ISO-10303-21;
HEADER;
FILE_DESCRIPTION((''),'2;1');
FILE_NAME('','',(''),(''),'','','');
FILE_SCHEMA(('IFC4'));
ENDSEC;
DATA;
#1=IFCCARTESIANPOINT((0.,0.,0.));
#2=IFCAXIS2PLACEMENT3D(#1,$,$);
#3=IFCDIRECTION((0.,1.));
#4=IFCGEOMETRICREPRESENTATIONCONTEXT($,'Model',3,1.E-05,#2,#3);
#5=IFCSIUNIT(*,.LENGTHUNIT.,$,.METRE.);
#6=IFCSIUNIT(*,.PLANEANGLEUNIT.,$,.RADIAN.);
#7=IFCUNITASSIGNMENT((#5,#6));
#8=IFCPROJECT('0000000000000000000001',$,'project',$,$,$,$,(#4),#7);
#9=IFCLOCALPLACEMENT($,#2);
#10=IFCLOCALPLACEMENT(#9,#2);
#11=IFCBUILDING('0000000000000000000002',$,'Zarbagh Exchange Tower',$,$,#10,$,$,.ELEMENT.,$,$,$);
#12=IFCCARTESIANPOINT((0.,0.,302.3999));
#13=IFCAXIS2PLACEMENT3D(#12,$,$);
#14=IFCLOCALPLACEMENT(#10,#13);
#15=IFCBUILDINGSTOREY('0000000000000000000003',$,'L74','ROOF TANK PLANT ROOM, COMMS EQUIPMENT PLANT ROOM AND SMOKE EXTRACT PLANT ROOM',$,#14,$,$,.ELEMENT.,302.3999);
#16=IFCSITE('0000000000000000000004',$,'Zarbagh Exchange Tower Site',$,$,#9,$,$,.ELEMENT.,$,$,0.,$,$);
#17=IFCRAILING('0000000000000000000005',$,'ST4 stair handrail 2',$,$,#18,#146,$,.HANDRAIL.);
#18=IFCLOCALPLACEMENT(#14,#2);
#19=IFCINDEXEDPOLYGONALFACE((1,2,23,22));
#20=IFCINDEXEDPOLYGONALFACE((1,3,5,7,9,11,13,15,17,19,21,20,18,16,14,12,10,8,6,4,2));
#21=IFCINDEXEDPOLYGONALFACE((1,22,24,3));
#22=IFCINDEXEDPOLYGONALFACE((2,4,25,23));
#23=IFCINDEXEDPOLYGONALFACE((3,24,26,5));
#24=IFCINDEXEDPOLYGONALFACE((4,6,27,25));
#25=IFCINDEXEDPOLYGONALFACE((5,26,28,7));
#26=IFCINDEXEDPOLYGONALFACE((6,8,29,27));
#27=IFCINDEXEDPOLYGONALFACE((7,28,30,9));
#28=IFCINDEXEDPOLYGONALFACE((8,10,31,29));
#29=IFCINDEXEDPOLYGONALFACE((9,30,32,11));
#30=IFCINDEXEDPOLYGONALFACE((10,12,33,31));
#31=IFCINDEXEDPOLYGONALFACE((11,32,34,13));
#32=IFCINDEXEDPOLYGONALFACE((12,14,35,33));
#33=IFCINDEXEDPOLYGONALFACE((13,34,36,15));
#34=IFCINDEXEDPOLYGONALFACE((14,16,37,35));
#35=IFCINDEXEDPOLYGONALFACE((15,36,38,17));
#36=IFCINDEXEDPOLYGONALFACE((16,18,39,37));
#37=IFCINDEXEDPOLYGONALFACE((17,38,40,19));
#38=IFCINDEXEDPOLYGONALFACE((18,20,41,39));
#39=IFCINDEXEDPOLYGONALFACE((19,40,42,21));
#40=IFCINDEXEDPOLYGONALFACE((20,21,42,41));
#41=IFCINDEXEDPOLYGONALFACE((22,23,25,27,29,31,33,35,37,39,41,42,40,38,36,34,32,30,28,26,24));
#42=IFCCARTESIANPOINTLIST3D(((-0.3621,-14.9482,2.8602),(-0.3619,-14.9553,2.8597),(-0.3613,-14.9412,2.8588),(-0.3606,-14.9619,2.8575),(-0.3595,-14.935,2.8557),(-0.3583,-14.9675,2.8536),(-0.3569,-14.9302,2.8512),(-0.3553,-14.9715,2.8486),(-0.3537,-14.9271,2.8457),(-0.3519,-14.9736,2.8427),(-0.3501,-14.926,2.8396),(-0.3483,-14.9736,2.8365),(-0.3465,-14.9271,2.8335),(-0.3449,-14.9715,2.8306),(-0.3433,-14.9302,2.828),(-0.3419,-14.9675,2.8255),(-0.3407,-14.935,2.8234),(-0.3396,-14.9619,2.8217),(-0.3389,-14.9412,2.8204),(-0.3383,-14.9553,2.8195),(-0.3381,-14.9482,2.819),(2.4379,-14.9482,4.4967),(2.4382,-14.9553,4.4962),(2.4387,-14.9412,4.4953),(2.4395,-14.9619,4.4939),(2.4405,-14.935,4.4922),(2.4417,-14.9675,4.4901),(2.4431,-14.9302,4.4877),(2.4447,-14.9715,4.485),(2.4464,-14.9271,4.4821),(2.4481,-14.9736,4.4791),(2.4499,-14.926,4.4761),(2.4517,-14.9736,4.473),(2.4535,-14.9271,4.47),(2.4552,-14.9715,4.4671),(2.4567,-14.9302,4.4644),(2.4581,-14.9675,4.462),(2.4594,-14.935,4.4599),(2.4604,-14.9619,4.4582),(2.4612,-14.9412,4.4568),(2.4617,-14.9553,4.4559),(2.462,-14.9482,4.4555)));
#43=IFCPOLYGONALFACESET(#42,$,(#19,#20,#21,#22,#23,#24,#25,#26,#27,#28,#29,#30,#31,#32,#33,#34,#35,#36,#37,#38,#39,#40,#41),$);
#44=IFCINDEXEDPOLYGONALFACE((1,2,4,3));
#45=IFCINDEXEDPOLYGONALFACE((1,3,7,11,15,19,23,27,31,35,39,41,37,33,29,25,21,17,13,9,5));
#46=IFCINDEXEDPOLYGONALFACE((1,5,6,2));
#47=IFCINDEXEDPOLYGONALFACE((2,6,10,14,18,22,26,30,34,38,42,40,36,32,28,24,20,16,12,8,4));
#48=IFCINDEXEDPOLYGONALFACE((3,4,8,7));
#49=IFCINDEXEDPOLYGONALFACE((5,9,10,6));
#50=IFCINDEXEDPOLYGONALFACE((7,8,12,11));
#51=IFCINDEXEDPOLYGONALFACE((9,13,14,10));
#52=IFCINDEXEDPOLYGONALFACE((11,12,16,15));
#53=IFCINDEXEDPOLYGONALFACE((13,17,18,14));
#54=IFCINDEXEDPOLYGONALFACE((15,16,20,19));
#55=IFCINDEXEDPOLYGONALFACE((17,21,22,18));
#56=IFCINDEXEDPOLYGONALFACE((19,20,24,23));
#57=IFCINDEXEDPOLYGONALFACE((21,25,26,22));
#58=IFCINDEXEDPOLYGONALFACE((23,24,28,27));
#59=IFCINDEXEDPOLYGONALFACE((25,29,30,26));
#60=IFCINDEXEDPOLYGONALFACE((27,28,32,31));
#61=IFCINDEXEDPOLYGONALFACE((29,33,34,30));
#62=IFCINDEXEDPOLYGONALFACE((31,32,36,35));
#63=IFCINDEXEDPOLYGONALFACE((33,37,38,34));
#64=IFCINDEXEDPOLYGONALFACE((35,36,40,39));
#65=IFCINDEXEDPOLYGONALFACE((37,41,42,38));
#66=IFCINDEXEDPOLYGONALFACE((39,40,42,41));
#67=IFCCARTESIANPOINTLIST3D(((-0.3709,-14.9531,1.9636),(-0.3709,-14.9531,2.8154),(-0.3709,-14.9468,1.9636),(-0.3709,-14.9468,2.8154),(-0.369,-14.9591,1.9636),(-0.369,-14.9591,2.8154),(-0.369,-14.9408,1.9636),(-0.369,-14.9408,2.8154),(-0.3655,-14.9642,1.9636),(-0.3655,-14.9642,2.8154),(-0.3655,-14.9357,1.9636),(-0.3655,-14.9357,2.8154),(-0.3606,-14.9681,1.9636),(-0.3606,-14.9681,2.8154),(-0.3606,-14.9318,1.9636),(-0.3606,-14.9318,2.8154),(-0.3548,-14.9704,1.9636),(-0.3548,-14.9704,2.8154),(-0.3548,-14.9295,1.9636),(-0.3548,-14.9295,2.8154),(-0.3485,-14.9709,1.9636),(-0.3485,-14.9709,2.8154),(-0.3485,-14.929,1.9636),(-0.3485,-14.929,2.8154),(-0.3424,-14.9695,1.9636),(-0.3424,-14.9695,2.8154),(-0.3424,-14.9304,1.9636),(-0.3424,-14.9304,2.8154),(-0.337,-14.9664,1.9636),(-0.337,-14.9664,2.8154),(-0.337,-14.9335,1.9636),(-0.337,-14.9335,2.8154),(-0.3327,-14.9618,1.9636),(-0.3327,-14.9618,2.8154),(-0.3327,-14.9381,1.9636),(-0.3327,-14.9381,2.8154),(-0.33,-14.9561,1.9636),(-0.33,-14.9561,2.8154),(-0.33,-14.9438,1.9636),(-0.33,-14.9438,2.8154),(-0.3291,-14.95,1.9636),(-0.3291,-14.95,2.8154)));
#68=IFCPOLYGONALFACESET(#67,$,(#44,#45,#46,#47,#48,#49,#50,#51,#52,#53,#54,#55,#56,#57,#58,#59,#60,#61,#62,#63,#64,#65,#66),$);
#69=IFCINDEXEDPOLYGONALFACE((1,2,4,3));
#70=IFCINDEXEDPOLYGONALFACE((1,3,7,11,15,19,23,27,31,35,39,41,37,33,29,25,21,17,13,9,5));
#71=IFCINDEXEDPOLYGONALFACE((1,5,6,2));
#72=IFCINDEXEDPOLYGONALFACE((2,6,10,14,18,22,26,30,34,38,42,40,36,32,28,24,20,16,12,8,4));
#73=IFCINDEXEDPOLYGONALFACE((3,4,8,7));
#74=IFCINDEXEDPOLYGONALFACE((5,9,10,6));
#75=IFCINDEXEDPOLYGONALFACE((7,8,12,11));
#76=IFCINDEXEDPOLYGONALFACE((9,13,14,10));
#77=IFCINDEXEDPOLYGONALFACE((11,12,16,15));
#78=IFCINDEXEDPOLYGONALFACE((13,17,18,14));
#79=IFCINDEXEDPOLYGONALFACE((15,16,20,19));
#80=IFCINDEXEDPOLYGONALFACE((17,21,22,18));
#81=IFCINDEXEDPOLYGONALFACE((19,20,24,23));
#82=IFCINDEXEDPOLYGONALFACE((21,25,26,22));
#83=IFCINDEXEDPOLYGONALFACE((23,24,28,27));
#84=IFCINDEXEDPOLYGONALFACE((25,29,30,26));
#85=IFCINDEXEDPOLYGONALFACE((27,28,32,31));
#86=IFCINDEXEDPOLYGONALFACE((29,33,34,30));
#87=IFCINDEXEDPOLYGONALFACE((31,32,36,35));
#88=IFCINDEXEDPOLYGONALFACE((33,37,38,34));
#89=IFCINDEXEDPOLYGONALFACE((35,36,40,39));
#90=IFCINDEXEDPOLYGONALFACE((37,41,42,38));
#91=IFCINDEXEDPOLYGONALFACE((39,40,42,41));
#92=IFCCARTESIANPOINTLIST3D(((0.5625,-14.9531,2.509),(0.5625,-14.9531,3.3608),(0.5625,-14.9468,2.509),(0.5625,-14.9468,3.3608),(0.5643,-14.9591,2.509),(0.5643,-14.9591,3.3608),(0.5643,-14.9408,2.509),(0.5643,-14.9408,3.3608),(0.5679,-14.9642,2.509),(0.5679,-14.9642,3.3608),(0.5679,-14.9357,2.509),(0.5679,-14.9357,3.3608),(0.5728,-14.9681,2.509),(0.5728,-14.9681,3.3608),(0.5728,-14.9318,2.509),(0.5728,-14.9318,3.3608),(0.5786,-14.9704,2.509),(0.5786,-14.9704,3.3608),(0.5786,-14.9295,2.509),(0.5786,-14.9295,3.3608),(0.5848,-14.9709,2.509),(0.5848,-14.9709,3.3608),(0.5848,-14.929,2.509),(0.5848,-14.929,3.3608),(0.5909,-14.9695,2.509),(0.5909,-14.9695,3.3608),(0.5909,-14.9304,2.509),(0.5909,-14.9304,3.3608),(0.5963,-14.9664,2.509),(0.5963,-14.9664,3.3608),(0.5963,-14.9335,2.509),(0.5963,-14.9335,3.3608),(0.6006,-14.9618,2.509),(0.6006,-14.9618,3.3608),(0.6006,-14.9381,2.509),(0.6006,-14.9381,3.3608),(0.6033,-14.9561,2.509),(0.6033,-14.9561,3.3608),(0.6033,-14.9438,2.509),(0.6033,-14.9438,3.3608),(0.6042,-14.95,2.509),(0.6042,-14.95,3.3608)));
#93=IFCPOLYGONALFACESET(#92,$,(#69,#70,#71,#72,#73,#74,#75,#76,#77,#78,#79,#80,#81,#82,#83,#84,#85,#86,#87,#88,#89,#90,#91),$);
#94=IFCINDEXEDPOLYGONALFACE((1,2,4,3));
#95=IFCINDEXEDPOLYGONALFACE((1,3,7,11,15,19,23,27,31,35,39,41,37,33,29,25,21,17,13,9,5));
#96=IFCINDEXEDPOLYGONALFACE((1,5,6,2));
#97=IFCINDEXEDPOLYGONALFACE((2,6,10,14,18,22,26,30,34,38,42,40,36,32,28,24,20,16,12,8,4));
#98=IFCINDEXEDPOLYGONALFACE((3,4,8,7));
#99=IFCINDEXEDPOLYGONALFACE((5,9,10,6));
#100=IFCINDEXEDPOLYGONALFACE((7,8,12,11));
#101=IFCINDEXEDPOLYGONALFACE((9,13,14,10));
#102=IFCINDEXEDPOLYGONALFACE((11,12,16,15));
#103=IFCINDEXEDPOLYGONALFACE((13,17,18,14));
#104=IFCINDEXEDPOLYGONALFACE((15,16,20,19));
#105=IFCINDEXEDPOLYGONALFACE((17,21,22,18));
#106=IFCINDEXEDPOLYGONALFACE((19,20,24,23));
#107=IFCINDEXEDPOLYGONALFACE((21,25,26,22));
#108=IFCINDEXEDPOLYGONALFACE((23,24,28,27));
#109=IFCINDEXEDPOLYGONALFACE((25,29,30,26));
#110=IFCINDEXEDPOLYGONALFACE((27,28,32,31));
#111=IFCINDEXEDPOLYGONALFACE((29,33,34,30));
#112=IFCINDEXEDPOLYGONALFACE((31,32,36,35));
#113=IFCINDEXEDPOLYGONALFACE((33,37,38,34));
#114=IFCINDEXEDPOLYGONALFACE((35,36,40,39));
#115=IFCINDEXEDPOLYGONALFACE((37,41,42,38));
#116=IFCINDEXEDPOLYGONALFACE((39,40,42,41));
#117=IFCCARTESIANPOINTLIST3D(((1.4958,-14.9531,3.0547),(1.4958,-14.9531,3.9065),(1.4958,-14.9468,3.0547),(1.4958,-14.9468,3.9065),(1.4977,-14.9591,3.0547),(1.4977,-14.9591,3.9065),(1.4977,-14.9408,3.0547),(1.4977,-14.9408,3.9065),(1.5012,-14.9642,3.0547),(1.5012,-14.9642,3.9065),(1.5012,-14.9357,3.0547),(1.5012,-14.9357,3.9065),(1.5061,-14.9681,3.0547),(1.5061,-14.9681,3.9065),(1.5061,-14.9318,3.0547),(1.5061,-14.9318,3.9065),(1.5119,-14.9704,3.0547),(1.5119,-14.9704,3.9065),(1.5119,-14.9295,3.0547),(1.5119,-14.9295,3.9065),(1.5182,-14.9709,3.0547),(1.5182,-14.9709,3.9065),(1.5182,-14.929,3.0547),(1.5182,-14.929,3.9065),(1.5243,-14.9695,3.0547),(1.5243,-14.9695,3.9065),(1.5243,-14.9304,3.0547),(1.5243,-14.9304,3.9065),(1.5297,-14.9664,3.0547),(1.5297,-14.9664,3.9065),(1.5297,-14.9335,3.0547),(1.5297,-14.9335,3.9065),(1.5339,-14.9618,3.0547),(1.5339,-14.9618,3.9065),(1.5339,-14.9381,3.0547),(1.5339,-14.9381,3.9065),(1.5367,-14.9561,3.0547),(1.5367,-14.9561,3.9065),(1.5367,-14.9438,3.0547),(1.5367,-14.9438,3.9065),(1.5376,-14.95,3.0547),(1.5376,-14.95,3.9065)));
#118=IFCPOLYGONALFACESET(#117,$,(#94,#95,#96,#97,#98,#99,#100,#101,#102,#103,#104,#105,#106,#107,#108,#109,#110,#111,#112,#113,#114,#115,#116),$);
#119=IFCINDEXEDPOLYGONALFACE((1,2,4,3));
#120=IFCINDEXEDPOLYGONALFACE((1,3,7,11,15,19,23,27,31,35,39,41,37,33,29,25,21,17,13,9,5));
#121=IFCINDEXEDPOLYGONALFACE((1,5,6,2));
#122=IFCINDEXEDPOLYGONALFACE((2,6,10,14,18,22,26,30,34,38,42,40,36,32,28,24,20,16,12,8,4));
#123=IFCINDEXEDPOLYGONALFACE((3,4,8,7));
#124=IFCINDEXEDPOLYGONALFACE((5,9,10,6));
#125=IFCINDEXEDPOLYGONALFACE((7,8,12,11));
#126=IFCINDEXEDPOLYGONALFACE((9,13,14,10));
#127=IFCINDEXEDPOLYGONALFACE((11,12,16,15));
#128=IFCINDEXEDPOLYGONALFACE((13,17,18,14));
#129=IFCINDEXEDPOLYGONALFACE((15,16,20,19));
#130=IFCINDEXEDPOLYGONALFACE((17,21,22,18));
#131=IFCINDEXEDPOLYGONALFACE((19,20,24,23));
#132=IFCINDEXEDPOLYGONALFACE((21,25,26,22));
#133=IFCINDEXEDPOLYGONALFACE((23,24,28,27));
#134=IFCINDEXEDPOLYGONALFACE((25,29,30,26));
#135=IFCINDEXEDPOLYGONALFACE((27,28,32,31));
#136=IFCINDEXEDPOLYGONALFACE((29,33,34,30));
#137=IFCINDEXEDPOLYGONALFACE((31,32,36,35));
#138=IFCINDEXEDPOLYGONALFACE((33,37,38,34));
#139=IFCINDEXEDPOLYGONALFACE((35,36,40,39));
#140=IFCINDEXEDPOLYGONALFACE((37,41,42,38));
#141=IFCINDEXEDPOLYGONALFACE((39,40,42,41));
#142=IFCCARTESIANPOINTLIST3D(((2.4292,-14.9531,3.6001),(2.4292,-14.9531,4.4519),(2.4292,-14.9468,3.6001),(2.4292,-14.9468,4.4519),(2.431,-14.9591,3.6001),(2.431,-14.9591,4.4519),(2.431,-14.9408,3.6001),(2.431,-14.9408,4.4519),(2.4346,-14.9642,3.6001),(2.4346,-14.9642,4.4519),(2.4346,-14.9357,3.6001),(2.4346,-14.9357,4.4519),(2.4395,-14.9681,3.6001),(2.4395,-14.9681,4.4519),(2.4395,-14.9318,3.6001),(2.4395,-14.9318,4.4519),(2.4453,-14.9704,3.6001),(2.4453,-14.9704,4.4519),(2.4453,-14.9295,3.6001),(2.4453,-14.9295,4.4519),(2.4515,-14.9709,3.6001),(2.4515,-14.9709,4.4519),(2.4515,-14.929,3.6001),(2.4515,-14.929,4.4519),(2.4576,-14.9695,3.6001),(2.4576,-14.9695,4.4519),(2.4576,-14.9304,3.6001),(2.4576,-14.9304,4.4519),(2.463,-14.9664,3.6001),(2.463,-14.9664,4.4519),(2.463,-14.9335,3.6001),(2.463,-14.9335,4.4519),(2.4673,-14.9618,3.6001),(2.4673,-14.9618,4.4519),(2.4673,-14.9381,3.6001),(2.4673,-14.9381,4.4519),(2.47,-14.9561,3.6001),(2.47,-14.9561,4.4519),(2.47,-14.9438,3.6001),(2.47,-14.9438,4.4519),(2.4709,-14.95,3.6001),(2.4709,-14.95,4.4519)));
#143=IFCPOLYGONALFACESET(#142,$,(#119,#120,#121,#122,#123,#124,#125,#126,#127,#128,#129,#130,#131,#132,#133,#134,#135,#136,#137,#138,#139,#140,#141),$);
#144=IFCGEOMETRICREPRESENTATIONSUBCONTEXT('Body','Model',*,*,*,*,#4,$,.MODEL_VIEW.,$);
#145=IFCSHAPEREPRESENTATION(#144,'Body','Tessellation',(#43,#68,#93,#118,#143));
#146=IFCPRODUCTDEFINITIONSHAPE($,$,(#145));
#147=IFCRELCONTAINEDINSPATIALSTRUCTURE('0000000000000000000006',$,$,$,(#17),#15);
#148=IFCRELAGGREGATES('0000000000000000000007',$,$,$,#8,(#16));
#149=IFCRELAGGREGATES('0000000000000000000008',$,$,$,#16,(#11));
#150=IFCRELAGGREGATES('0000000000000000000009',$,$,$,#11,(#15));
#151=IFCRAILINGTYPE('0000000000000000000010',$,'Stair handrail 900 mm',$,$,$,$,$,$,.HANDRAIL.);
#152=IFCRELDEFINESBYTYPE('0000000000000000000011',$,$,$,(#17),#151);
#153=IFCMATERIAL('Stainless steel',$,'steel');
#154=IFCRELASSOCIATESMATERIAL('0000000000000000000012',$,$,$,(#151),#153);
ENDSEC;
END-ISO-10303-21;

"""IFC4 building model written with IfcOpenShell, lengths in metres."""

from ifc_helpers import new_model, si_unit, direction, frame, origin, origin_2d, place, context, subcontext, project, spatial, circle, extrude, material, type_object, element, save


model = new_model("IFC4")

# Units and contexts
model_context = context("Model", 3, precision=1e-05, world=origin(), true_north=direction((0.0, 1.0)))
body_context = subcontext(model_context, "Body", "Model", "MODEL_VIEW")
ifc_project = project(units=[si_unit("LENGTHUNIT", "METRE"), si_unit("PLANEANGLEUNIT", "RADIAN")], contexts=[model_context])

# Site, building, storey
site_placement = place(None, origin())
site = spatial("IfcSite", under=ifc_project, at=site_placement, Name="Zarbagh Exchange Tower Site", CompositionType="ELEMENT", RefElevation=0.0)
building_placement = place(site_placement, origin())
building = spatial("IfcBuilding", under=site, at=building_placement, Name="Zarbagh Exchange Tower", CompositionType="ELEMENT")
storey_placement = place(building_placement, frame((0.0, 0.0, 302.3999)))
storey = spatial("IfcBuildingStorey", under=building, at=storey_placement, Name="L74", Description="ROOF TANK PLANT ROOM, COMMS EQUIPMENT PLANT ROOM AND SMOKE EXTRACT PLANT ROOM", CompositionType="ELEMENT", Elevation=302.3999)

# Shared definitions
ifc_material_1 = material(Name="Stainless steel", Category="steel")

# Railing
railing_type_1 = type_object("IfcRailingType", Name="Stair handrail 900 mm", PredefinedType="HANDRAIL", material=ifc_material_1)
railing_1_placement = place(storey_placement, frame((-0.3501, -14.95, 1.9636)))
element("IfcRailing", 1, at=railing_1_placement, inside=storey, type_object=railing_type_1, Name="ST4 stair handrail 2", PredefinedType="HANDRAIL", context=body_context, shape_type="SweptSolid", body=[
    extrude(circle(Radius=0.0239, at=origin_2d()), frame((0.0, 0.0, 0.876), z_axis=(0.863361, 0.0, 0.504587), x_axis=(0.0, 1.0, 0.0)), (0.0, 0.0, 1.0), 3.2432),
    extrude(circle(Radius=0.021, at=origin_2d()), origin(), (0.0, 0.0, 1.0), 0.8518),
    extrude(circle(Radius=0.021, at=origin_2d()), frame((0.9333, 0.0, 0.5454)), (0.0, 0.0, 1.0), 0.8518),
    extrude(circle(Radius=0.021, at=origin_2d()), frame((1.8667, 0.0, 1.0911)), (0.0, 0.0, 1.0), 0.8518),
    extrude(circle(Radius=0.021, at=origin_2d()), frame((2.8, 0.0, 1.6365)), (0.0, 0.0, 1.0), 0.8518),
])

save(model, "model.ifc")
